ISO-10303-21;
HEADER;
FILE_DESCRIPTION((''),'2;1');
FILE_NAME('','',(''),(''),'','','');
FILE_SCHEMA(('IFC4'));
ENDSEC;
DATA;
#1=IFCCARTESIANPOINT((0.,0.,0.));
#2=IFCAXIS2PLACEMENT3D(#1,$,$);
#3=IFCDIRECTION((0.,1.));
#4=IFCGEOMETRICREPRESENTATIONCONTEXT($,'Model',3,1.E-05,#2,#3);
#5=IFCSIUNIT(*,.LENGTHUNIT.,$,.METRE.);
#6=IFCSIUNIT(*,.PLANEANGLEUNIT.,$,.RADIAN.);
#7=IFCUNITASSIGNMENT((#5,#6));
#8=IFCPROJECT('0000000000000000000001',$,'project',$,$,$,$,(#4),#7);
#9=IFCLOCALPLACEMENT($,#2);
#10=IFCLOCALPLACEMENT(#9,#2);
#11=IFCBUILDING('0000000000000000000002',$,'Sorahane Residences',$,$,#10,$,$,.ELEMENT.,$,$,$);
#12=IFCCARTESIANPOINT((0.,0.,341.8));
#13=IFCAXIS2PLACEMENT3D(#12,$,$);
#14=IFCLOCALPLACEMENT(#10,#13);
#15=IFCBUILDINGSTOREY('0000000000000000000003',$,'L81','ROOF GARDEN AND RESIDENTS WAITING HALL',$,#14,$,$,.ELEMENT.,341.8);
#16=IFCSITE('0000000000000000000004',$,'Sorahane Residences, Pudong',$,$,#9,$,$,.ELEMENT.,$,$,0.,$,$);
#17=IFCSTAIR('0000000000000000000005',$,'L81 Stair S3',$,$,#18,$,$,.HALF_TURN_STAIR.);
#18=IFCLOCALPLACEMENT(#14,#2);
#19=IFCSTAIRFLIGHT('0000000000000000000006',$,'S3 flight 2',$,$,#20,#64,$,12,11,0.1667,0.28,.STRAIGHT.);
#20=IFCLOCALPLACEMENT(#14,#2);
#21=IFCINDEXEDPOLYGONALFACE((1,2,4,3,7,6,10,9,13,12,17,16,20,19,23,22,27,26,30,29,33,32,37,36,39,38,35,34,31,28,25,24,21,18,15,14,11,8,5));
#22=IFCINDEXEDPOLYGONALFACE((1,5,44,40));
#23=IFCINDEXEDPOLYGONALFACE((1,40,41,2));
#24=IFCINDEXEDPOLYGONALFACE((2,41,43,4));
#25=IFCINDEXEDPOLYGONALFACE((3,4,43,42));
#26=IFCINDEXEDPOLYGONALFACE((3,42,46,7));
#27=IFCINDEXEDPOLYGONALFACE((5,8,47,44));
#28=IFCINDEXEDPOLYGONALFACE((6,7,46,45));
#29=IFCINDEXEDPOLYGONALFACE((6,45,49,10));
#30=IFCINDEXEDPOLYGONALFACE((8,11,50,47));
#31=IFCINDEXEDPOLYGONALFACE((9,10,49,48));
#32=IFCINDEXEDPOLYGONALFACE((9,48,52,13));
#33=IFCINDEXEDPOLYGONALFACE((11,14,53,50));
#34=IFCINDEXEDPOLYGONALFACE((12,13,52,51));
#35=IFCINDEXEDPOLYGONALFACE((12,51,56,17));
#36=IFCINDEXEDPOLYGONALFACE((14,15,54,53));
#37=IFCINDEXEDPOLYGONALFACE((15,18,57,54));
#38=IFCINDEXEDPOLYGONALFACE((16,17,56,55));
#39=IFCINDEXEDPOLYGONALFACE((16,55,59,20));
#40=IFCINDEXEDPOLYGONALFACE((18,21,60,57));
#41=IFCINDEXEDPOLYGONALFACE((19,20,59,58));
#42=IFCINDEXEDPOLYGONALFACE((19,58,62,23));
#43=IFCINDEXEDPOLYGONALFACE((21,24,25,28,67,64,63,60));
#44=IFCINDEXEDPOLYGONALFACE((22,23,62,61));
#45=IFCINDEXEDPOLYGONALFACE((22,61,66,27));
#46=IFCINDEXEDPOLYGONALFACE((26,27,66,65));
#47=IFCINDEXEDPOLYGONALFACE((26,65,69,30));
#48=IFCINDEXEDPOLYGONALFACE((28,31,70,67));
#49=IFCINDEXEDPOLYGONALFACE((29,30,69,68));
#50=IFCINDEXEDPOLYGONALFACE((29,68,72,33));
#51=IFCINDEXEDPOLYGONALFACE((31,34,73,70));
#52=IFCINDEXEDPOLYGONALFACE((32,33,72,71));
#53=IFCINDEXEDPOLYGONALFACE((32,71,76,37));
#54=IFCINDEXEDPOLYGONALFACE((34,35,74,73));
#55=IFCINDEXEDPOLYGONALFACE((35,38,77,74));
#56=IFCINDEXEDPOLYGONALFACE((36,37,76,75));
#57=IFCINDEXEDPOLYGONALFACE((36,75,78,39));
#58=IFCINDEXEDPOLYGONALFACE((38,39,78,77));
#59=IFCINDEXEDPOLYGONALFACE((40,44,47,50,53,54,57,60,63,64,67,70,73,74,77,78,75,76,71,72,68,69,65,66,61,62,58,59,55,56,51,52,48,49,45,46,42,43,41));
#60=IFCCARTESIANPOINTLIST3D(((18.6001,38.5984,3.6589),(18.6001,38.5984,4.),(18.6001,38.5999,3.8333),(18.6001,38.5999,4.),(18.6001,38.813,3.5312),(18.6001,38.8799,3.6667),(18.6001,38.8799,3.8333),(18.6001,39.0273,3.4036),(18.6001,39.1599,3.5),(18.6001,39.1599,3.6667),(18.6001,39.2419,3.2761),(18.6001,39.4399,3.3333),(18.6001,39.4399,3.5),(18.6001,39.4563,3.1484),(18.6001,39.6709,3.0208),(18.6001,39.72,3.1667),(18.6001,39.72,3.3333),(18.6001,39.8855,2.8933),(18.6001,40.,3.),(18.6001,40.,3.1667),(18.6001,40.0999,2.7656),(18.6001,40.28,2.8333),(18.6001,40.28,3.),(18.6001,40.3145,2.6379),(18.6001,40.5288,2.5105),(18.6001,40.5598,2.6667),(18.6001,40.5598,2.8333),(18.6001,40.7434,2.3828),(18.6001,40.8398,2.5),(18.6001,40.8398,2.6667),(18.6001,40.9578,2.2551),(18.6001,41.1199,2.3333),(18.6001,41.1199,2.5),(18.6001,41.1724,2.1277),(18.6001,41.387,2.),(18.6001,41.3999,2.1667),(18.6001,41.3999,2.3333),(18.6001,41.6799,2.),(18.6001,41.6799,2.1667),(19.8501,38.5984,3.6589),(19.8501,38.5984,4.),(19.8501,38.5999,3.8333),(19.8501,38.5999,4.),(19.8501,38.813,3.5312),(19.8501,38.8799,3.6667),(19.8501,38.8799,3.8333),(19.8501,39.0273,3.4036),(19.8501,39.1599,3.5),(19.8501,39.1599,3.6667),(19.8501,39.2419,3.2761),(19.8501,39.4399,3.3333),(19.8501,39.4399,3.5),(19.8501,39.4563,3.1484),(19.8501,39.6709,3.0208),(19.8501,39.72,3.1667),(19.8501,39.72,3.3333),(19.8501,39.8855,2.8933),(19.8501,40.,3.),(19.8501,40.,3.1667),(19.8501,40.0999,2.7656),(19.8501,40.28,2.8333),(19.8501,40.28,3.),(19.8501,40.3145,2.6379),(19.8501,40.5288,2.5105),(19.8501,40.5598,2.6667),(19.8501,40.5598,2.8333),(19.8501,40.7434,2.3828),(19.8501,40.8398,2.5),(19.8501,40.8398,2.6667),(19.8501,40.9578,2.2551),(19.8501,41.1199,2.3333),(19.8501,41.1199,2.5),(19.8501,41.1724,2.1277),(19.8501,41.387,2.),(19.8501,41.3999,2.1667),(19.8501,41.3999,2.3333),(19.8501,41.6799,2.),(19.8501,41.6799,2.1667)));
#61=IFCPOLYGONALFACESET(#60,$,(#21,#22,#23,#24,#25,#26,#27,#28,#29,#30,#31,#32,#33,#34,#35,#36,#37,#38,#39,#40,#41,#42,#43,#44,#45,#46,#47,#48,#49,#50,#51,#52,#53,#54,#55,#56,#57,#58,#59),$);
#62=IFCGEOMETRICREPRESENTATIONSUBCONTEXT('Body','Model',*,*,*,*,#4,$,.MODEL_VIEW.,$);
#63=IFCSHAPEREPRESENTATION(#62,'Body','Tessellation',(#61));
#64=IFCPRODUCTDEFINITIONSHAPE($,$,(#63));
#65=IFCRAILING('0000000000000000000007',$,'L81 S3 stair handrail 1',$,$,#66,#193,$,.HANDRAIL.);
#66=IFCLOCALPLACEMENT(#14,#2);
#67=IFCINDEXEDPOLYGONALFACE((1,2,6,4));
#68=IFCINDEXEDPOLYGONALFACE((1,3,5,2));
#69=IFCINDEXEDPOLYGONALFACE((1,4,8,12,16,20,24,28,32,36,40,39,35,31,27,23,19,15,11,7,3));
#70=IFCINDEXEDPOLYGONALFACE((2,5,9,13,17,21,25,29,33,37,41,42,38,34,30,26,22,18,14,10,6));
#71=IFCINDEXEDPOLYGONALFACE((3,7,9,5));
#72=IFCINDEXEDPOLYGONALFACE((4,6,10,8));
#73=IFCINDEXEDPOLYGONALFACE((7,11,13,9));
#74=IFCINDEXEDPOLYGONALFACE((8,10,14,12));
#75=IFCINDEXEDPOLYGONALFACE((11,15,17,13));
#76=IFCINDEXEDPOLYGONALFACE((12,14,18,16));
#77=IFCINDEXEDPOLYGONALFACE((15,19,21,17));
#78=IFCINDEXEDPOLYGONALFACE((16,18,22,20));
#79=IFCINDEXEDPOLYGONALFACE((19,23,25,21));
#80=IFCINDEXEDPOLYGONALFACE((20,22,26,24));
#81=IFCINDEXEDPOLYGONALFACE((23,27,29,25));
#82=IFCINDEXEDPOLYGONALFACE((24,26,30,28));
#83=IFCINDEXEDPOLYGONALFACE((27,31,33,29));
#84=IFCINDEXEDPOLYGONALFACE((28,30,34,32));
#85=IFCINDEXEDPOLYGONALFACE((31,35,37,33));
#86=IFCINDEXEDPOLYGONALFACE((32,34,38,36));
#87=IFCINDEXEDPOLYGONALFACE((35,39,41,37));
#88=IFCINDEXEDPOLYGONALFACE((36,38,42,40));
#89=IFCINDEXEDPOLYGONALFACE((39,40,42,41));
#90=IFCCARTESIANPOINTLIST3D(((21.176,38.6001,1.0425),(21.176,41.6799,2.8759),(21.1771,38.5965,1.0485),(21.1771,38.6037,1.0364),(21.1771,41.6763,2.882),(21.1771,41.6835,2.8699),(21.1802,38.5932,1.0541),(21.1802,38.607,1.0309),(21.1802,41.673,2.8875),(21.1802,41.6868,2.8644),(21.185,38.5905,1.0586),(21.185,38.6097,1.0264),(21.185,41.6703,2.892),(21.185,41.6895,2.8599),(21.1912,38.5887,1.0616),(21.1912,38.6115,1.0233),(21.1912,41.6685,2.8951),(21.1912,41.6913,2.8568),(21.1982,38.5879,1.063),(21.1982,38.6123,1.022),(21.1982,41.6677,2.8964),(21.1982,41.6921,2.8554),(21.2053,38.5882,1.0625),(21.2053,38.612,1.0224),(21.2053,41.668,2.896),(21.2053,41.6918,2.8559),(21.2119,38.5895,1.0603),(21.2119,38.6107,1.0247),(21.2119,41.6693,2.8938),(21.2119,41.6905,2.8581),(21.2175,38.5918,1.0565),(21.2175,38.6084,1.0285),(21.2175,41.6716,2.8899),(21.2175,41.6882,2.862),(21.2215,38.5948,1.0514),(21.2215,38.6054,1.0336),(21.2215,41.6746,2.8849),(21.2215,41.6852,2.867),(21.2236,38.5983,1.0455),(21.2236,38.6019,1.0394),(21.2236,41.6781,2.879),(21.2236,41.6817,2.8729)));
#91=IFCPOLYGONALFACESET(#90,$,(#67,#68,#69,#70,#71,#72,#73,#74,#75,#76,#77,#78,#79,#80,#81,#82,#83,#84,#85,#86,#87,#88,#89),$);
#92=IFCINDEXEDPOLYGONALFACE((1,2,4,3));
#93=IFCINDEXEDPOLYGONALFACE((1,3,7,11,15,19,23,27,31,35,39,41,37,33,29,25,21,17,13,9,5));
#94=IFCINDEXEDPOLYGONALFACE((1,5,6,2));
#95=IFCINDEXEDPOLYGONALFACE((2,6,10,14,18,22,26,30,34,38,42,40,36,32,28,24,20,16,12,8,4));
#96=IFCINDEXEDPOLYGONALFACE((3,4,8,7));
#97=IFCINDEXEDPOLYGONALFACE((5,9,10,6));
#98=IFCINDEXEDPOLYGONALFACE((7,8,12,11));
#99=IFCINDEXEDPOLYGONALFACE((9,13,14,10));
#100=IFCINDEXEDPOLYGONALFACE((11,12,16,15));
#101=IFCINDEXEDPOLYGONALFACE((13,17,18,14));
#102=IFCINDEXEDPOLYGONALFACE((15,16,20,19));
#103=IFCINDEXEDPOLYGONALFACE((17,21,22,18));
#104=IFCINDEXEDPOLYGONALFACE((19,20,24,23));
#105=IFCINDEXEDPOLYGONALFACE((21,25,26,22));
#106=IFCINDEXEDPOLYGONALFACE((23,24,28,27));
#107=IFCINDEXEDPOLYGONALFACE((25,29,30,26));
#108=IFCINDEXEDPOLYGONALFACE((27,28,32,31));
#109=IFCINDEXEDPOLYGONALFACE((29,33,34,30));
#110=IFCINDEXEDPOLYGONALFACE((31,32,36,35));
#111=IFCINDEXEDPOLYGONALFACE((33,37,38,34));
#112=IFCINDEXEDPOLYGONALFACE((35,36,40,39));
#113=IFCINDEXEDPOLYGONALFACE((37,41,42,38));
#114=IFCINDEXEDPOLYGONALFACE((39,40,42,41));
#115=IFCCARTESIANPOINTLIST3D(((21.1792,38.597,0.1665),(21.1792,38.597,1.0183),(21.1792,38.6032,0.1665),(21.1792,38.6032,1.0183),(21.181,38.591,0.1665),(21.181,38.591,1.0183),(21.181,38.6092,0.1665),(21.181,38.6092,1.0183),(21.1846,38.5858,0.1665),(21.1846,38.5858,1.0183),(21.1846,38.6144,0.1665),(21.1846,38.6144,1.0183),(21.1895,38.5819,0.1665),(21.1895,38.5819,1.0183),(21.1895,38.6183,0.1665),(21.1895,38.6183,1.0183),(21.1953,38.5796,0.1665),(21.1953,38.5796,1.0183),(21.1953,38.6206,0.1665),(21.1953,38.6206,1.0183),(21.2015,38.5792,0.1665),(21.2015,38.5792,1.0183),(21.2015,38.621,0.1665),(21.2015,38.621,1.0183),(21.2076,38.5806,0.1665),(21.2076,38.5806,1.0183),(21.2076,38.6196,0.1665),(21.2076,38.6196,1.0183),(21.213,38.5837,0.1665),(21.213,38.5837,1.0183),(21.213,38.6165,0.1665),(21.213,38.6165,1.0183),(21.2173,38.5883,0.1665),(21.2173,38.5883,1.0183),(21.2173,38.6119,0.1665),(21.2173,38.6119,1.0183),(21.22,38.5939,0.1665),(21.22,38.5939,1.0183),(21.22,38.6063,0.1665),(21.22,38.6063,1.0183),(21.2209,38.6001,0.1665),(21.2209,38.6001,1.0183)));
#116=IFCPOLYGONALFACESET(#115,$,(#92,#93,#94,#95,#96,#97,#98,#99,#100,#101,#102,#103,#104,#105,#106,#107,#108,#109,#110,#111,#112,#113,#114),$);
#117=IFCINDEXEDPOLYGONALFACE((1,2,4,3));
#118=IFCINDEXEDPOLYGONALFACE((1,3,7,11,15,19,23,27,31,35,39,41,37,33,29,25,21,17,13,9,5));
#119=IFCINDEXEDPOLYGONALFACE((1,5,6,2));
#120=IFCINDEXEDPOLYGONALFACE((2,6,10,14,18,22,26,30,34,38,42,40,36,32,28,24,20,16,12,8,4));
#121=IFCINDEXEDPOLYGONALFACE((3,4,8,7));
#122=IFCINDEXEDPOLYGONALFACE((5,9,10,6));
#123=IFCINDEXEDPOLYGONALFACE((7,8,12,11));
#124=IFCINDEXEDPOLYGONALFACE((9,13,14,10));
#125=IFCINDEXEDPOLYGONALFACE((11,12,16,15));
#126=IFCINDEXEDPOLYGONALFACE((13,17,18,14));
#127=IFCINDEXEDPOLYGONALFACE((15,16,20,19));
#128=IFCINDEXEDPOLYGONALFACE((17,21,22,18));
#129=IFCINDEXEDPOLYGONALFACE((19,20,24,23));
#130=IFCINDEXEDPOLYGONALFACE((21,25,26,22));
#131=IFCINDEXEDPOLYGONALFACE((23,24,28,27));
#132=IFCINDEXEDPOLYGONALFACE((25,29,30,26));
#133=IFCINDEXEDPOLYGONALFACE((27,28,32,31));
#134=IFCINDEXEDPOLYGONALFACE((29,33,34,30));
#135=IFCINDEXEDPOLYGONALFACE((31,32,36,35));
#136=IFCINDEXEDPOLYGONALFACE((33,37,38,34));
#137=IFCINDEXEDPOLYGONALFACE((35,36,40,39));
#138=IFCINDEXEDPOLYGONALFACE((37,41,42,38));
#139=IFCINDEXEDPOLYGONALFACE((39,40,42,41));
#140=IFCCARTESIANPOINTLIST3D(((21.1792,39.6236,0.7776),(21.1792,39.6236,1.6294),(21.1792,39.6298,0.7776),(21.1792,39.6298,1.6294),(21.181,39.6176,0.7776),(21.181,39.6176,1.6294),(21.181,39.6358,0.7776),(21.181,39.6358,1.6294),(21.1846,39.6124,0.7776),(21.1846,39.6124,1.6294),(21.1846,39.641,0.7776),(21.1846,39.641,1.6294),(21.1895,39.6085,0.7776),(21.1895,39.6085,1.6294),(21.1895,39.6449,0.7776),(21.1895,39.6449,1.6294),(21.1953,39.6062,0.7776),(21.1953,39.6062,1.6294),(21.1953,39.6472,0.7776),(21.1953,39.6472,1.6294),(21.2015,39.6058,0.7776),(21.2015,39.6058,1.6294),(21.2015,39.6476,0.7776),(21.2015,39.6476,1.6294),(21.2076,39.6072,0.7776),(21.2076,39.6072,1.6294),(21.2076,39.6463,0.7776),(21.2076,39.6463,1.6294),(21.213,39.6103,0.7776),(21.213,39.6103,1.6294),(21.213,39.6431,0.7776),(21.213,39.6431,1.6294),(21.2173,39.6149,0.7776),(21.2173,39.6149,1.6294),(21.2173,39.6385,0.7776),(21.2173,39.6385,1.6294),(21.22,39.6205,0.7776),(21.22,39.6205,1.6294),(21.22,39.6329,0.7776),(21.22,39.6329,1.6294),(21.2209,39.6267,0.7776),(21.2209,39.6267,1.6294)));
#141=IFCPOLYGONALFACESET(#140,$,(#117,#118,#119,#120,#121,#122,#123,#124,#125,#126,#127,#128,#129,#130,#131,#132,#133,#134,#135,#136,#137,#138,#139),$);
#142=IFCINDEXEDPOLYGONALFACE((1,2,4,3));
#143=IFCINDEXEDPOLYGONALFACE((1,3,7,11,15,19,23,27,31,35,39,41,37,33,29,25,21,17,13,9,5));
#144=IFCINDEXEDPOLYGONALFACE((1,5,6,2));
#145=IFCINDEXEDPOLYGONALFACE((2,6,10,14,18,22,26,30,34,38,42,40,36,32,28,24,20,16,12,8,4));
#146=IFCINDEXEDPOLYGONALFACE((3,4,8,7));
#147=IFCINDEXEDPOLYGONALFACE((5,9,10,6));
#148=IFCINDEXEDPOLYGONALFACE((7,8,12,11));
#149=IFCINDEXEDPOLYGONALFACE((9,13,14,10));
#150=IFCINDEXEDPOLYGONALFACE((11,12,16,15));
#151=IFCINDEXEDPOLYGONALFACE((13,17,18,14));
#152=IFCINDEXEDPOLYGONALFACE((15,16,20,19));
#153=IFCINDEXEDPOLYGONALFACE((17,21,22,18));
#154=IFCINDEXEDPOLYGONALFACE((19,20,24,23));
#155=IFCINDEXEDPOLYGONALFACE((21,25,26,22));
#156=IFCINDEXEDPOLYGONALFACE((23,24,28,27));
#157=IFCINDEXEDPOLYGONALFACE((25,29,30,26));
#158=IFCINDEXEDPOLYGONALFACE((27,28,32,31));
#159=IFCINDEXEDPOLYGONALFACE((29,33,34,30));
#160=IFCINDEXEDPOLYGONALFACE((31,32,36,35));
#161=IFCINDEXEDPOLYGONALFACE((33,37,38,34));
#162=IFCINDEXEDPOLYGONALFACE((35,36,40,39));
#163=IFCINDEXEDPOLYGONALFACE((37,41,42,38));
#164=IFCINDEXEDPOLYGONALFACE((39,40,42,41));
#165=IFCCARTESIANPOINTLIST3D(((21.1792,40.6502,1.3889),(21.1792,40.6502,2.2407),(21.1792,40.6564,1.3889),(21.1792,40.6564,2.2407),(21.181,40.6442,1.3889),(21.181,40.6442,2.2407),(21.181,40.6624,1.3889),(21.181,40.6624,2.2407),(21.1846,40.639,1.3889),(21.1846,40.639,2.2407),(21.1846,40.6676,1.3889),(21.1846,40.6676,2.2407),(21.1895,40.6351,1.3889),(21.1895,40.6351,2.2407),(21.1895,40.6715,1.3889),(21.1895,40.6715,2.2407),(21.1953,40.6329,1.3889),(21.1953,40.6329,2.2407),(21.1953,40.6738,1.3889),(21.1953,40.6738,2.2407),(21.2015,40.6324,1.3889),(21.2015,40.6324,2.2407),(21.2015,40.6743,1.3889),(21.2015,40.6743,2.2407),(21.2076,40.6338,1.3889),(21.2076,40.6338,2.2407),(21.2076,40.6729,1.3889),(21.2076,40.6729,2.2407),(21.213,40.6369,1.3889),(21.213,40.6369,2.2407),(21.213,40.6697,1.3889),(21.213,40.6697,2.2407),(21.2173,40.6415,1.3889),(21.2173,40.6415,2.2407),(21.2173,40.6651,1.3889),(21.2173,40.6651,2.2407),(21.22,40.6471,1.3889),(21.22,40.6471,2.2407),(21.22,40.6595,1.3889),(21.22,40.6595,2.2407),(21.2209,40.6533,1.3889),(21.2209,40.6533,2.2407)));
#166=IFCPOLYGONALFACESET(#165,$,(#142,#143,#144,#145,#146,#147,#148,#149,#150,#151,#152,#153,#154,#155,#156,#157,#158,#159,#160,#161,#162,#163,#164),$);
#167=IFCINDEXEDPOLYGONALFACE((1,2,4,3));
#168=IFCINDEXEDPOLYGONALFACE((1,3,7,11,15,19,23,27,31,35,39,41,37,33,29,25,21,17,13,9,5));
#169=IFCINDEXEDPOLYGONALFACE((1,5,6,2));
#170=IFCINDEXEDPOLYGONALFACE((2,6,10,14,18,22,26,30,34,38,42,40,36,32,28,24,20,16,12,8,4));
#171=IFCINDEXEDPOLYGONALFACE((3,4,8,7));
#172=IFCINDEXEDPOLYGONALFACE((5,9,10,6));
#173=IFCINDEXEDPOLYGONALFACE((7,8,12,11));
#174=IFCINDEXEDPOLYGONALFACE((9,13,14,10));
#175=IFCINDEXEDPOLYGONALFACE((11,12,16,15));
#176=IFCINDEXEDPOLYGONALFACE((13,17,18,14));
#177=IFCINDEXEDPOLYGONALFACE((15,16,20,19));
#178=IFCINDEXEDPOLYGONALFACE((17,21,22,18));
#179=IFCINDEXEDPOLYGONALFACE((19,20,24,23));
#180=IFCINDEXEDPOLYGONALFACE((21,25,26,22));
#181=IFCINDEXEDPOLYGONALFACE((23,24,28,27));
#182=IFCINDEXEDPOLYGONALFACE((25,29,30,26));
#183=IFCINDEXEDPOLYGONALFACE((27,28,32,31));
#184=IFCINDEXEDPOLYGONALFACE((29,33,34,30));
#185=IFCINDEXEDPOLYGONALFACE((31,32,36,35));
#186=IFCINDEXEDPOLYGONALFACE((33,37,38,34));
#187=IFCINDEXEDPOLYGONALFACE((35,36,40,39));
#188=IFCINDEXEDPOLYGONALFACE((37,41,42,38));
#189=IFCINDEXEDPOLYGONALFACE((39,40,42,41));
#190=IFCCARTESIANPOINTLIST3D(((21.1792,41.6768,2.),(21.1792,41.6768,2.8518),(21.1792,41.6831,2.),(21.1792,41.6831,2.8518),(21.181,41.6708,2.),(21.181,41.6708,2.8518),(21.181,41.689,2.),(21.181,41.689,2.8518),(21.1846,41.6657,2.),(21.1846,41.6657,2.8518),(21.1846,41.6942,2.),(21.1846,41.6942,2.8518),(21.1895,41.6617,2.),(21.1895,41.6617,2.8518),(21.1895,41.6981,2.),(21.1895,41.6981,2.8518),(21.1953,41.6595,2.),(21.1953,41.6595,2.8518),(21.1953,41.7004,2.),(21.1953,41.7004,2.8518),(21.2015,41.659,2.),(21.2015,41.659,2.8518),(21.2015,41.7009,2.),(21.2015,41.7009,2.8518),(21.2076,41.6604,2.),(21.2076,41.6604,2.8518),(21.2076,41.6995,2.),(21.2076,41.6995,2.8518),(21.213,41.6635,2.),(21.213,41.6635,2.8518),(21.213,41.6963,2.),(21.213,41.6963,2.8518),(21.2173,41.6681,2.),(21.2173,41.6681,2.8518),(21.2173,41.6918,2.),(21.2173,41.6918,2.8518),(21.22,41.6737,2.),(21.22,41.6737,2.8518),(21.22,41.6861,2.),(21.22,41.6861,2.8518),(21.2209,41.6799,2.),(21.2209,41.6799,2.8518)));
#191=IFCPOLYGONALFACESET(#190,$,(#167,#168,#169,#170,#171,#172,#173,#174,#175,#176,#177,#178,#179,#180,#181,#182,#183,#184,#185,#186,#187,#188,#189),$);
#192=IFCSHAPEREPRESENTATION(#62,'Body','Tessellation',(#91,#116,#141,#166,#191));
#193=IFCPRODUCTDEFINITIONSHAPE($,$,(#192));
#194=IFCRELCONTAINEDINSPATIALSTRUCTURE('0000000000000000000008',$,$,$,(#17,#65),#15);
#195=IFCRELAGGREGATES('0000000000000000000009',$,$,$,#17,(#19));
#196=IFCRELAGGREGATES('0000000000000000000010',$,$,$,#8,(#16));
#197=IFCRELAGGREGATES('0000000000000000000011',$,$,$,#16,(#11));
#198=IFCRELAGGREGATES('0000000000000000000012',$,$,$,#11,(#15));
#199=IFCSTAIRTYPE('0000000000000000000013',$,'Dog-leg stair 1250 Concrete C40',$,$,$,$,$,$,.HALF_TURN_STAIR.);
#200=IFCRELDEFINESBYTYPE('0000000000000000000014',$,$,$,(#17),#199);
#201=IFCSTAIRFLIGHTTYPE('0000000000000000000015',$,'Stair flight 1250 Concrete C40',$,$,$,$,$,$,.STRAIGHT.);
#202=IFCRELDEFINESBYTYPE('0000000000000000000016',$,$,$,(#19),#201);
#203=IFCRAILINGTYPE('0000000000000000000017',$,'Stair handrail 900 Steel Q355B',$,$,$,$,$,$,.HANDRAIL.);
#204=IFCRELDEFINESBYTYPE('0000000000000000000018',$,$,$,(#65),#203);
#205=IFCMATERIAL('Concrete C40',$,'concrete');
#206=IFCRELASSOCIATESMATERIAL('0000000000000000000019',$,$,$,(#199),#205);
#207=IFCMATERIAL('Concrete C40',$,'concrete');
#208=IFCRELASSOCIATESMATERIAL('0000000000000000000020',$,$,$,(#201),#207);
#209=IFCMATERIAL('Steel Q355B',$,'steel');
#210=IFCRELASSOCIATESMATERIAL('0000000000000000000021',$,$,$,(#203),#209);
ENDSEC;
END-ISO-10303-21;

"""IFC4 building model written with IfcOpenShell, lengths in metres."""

from ifc_helpers import new_model, si_unit, direction, frame, origin, origin_2d, place, context, subcontext, project, spatial, polyline, circle, outline, extrude, material, type_object, element, aggregate, save


model = new_model("IFC4")

# Units and contexts
model_context = context("Model", 3, precision=1e-05, world=origin(), true_north=direction((0.0, 1.0)))
body_context = subcontext(model_context, "Body", "Model", "MODEL_VIEW")
ifc_project = project(units=[si_unit("LENGTHUNIT", "METRE"), si_unit("PLANEANGLEUNIT", "RADIAN")], contexts=[model_context])

# Site, building, storey
site_placement = place(None, origin())
site = spatial("IfcSite", under=ifc_project, at=site_placement, Name="Sorahane Residences, Pudong", CompositionType="ELEMENT", RefElevation=0.0)
building_placement = place(site_placement, origin())
building = spatial("IfcBuilding", under=site, at=building_placement, Name="Sorahane Residences", CompositionType="ELEMENT")
storey_placement = place(building_placement, frame((0.0, 0.0, 341.8)))
storey = spatial("IfcBuildingStorey", under=building, at=storey_placement, Name="L81", Description="ROOF GARDEN AND RESIDENTS WAITING HALL", CompositionType="ELEMENT", Elevation=341.8)

# Stair, stair flight
ifc_material_1 = material(Name="Concrete C40", Category="concrete")
stair_type = type_object("IfcStairType", Name="Dog-leg stair 1250 Concrete C40", PredefinedType="HALF_TURN_STAIR", material=ifc_material_1)
stair_placement = place(storey_placement, origin())
stair = element("IfcStair", 1, at=stair_placement, inside=storey, type_object=stair_type, Name="L81 Stair S3", PredefinedType="HALF_TURN_STAIR")
ifc_material_2 = material(Name="Concrete C40", Category="concrete")
stair_flight_type = type_object("IfcStairFlightType", Name="Stair flight 1250 Concrete C40", PredefinedType="STRAIGHT", material=ifc_material_2)
stair_flight_1_placement = place(storey_placement, frame((19.2251, 41.6799, 2.0), z_axis=(0.0, 0.0, 1.0), x_axis=(0.0, -1.0, 0.0)))
stair_flight_1 = element("IfcStairFlight", 2, at=stair_flight_1_placement, type_object=stair_flight_type, Name="S3 flight 2", NumberOfRisers=12, NumberOfTreads=11, PredefinedType="STRAIGHT", RiserHeight=0.1667, TreadLength=0.28, context=body_context, shape_type="SweptSolid", body=[
    extrude(outline(polyline([(0.0, 0.0), (0.0, 0.1667), (0.28, 0.1667), (0.28, 0.3333), (0.5601, 0.3333), (0.5601, 0.5), (0.8401, 0.5), (0.8401, 0.6667), (1.1201, 0.6667), (1.1201, 0.8333), (1.3999, 0.8333), (1.3999, 1.0), (1.6799, 1.0), (1.6799, 1.1667), (1.96, 1.1667), (1.96, 1.3333), (2.24, 1.3333), (2.24, 1.5), (2.52, 1.5), (2.52, 1.6667), (2.8, 1.6667), (2.8, 1.8333), (3.0801, 1.8333), (3.0801, 2.0), (3.0815, 2.0), (3.0815, 1.6589), (2.8669, 1.5312), (2.6526, 1.4036), (2.438, 1.2761), (2.2236, 1.1484), (2.009, 1.0208), (1.7944, 0.8933), (1.5801, 0.7656), (1.3655, 0.6379), (1.1511, 0.5105), (0.9365, 0.3828), (0.7222, 0.2551), (0.5076, 0.1277), (0.293, 0.0), (0.0, 0.0)])), frame((0.0, 0.625, 0.0), z_axis=(0.0, -1.0, 0.0), x_axis=(1.0, 0.0, 0.0)), (0.0, 0.0, 1.0), 1.25),
])
aggregate(stair, [stair_flight_1])

# Railing
ifc_material_3 = material(Name="Steel Q355B", Category="steel")
railing_type_1 = type_object("IfcRailingType", Name="Stair handrail 900 Steel Q355B", PredefinedType="HANDRAIL", material=ifc_material_3)
railing_1_placement = place(storey_placement, frame((21.2, 38.6001, 0.1665)))
element("IfcRailing", 3, at=railing_1_placement, inside=storey, type_object=railing_type_1, Name="L81 S3 stair handrail 1", PredefinedType="HANDRAIL", context=body_context, shape_type="SweptSolid", body=[
    extrude(circle(Radius=0.0239, at=origin_2d()), frame((0.0, 0.0, 0.876), z_axis=(0.0, 0.859261, 0.511538), x_axis=(-1.0, 0.0, 0.0)), (0.0, 0.0, 1.0), 3.5842),
    extrude(circle(Radius=0.021, at=origin_2d()), origin(), (0.0, 0.0, 1.0), 0.8518),
    extrude(circle(Radius=0.021, at=origin_2d()), frame((0.0, 1.0266, 0.6111)), (0.0, 0.0, 1.0), 0.8518),
    extrude(circle(Radius=0.021, at=origin_2d()), frame((0.0, 2.0532, 1.2224)), (0.0, 0.0, 1.0), 0.8518),
    extrude(circle(Radius=0.021, at=origin_2d()), frame((0.0, 3.0798, 1.8335)), (0.0, 0.0, 1.0), 0.8518),
])

save(model, "model.ifc")
